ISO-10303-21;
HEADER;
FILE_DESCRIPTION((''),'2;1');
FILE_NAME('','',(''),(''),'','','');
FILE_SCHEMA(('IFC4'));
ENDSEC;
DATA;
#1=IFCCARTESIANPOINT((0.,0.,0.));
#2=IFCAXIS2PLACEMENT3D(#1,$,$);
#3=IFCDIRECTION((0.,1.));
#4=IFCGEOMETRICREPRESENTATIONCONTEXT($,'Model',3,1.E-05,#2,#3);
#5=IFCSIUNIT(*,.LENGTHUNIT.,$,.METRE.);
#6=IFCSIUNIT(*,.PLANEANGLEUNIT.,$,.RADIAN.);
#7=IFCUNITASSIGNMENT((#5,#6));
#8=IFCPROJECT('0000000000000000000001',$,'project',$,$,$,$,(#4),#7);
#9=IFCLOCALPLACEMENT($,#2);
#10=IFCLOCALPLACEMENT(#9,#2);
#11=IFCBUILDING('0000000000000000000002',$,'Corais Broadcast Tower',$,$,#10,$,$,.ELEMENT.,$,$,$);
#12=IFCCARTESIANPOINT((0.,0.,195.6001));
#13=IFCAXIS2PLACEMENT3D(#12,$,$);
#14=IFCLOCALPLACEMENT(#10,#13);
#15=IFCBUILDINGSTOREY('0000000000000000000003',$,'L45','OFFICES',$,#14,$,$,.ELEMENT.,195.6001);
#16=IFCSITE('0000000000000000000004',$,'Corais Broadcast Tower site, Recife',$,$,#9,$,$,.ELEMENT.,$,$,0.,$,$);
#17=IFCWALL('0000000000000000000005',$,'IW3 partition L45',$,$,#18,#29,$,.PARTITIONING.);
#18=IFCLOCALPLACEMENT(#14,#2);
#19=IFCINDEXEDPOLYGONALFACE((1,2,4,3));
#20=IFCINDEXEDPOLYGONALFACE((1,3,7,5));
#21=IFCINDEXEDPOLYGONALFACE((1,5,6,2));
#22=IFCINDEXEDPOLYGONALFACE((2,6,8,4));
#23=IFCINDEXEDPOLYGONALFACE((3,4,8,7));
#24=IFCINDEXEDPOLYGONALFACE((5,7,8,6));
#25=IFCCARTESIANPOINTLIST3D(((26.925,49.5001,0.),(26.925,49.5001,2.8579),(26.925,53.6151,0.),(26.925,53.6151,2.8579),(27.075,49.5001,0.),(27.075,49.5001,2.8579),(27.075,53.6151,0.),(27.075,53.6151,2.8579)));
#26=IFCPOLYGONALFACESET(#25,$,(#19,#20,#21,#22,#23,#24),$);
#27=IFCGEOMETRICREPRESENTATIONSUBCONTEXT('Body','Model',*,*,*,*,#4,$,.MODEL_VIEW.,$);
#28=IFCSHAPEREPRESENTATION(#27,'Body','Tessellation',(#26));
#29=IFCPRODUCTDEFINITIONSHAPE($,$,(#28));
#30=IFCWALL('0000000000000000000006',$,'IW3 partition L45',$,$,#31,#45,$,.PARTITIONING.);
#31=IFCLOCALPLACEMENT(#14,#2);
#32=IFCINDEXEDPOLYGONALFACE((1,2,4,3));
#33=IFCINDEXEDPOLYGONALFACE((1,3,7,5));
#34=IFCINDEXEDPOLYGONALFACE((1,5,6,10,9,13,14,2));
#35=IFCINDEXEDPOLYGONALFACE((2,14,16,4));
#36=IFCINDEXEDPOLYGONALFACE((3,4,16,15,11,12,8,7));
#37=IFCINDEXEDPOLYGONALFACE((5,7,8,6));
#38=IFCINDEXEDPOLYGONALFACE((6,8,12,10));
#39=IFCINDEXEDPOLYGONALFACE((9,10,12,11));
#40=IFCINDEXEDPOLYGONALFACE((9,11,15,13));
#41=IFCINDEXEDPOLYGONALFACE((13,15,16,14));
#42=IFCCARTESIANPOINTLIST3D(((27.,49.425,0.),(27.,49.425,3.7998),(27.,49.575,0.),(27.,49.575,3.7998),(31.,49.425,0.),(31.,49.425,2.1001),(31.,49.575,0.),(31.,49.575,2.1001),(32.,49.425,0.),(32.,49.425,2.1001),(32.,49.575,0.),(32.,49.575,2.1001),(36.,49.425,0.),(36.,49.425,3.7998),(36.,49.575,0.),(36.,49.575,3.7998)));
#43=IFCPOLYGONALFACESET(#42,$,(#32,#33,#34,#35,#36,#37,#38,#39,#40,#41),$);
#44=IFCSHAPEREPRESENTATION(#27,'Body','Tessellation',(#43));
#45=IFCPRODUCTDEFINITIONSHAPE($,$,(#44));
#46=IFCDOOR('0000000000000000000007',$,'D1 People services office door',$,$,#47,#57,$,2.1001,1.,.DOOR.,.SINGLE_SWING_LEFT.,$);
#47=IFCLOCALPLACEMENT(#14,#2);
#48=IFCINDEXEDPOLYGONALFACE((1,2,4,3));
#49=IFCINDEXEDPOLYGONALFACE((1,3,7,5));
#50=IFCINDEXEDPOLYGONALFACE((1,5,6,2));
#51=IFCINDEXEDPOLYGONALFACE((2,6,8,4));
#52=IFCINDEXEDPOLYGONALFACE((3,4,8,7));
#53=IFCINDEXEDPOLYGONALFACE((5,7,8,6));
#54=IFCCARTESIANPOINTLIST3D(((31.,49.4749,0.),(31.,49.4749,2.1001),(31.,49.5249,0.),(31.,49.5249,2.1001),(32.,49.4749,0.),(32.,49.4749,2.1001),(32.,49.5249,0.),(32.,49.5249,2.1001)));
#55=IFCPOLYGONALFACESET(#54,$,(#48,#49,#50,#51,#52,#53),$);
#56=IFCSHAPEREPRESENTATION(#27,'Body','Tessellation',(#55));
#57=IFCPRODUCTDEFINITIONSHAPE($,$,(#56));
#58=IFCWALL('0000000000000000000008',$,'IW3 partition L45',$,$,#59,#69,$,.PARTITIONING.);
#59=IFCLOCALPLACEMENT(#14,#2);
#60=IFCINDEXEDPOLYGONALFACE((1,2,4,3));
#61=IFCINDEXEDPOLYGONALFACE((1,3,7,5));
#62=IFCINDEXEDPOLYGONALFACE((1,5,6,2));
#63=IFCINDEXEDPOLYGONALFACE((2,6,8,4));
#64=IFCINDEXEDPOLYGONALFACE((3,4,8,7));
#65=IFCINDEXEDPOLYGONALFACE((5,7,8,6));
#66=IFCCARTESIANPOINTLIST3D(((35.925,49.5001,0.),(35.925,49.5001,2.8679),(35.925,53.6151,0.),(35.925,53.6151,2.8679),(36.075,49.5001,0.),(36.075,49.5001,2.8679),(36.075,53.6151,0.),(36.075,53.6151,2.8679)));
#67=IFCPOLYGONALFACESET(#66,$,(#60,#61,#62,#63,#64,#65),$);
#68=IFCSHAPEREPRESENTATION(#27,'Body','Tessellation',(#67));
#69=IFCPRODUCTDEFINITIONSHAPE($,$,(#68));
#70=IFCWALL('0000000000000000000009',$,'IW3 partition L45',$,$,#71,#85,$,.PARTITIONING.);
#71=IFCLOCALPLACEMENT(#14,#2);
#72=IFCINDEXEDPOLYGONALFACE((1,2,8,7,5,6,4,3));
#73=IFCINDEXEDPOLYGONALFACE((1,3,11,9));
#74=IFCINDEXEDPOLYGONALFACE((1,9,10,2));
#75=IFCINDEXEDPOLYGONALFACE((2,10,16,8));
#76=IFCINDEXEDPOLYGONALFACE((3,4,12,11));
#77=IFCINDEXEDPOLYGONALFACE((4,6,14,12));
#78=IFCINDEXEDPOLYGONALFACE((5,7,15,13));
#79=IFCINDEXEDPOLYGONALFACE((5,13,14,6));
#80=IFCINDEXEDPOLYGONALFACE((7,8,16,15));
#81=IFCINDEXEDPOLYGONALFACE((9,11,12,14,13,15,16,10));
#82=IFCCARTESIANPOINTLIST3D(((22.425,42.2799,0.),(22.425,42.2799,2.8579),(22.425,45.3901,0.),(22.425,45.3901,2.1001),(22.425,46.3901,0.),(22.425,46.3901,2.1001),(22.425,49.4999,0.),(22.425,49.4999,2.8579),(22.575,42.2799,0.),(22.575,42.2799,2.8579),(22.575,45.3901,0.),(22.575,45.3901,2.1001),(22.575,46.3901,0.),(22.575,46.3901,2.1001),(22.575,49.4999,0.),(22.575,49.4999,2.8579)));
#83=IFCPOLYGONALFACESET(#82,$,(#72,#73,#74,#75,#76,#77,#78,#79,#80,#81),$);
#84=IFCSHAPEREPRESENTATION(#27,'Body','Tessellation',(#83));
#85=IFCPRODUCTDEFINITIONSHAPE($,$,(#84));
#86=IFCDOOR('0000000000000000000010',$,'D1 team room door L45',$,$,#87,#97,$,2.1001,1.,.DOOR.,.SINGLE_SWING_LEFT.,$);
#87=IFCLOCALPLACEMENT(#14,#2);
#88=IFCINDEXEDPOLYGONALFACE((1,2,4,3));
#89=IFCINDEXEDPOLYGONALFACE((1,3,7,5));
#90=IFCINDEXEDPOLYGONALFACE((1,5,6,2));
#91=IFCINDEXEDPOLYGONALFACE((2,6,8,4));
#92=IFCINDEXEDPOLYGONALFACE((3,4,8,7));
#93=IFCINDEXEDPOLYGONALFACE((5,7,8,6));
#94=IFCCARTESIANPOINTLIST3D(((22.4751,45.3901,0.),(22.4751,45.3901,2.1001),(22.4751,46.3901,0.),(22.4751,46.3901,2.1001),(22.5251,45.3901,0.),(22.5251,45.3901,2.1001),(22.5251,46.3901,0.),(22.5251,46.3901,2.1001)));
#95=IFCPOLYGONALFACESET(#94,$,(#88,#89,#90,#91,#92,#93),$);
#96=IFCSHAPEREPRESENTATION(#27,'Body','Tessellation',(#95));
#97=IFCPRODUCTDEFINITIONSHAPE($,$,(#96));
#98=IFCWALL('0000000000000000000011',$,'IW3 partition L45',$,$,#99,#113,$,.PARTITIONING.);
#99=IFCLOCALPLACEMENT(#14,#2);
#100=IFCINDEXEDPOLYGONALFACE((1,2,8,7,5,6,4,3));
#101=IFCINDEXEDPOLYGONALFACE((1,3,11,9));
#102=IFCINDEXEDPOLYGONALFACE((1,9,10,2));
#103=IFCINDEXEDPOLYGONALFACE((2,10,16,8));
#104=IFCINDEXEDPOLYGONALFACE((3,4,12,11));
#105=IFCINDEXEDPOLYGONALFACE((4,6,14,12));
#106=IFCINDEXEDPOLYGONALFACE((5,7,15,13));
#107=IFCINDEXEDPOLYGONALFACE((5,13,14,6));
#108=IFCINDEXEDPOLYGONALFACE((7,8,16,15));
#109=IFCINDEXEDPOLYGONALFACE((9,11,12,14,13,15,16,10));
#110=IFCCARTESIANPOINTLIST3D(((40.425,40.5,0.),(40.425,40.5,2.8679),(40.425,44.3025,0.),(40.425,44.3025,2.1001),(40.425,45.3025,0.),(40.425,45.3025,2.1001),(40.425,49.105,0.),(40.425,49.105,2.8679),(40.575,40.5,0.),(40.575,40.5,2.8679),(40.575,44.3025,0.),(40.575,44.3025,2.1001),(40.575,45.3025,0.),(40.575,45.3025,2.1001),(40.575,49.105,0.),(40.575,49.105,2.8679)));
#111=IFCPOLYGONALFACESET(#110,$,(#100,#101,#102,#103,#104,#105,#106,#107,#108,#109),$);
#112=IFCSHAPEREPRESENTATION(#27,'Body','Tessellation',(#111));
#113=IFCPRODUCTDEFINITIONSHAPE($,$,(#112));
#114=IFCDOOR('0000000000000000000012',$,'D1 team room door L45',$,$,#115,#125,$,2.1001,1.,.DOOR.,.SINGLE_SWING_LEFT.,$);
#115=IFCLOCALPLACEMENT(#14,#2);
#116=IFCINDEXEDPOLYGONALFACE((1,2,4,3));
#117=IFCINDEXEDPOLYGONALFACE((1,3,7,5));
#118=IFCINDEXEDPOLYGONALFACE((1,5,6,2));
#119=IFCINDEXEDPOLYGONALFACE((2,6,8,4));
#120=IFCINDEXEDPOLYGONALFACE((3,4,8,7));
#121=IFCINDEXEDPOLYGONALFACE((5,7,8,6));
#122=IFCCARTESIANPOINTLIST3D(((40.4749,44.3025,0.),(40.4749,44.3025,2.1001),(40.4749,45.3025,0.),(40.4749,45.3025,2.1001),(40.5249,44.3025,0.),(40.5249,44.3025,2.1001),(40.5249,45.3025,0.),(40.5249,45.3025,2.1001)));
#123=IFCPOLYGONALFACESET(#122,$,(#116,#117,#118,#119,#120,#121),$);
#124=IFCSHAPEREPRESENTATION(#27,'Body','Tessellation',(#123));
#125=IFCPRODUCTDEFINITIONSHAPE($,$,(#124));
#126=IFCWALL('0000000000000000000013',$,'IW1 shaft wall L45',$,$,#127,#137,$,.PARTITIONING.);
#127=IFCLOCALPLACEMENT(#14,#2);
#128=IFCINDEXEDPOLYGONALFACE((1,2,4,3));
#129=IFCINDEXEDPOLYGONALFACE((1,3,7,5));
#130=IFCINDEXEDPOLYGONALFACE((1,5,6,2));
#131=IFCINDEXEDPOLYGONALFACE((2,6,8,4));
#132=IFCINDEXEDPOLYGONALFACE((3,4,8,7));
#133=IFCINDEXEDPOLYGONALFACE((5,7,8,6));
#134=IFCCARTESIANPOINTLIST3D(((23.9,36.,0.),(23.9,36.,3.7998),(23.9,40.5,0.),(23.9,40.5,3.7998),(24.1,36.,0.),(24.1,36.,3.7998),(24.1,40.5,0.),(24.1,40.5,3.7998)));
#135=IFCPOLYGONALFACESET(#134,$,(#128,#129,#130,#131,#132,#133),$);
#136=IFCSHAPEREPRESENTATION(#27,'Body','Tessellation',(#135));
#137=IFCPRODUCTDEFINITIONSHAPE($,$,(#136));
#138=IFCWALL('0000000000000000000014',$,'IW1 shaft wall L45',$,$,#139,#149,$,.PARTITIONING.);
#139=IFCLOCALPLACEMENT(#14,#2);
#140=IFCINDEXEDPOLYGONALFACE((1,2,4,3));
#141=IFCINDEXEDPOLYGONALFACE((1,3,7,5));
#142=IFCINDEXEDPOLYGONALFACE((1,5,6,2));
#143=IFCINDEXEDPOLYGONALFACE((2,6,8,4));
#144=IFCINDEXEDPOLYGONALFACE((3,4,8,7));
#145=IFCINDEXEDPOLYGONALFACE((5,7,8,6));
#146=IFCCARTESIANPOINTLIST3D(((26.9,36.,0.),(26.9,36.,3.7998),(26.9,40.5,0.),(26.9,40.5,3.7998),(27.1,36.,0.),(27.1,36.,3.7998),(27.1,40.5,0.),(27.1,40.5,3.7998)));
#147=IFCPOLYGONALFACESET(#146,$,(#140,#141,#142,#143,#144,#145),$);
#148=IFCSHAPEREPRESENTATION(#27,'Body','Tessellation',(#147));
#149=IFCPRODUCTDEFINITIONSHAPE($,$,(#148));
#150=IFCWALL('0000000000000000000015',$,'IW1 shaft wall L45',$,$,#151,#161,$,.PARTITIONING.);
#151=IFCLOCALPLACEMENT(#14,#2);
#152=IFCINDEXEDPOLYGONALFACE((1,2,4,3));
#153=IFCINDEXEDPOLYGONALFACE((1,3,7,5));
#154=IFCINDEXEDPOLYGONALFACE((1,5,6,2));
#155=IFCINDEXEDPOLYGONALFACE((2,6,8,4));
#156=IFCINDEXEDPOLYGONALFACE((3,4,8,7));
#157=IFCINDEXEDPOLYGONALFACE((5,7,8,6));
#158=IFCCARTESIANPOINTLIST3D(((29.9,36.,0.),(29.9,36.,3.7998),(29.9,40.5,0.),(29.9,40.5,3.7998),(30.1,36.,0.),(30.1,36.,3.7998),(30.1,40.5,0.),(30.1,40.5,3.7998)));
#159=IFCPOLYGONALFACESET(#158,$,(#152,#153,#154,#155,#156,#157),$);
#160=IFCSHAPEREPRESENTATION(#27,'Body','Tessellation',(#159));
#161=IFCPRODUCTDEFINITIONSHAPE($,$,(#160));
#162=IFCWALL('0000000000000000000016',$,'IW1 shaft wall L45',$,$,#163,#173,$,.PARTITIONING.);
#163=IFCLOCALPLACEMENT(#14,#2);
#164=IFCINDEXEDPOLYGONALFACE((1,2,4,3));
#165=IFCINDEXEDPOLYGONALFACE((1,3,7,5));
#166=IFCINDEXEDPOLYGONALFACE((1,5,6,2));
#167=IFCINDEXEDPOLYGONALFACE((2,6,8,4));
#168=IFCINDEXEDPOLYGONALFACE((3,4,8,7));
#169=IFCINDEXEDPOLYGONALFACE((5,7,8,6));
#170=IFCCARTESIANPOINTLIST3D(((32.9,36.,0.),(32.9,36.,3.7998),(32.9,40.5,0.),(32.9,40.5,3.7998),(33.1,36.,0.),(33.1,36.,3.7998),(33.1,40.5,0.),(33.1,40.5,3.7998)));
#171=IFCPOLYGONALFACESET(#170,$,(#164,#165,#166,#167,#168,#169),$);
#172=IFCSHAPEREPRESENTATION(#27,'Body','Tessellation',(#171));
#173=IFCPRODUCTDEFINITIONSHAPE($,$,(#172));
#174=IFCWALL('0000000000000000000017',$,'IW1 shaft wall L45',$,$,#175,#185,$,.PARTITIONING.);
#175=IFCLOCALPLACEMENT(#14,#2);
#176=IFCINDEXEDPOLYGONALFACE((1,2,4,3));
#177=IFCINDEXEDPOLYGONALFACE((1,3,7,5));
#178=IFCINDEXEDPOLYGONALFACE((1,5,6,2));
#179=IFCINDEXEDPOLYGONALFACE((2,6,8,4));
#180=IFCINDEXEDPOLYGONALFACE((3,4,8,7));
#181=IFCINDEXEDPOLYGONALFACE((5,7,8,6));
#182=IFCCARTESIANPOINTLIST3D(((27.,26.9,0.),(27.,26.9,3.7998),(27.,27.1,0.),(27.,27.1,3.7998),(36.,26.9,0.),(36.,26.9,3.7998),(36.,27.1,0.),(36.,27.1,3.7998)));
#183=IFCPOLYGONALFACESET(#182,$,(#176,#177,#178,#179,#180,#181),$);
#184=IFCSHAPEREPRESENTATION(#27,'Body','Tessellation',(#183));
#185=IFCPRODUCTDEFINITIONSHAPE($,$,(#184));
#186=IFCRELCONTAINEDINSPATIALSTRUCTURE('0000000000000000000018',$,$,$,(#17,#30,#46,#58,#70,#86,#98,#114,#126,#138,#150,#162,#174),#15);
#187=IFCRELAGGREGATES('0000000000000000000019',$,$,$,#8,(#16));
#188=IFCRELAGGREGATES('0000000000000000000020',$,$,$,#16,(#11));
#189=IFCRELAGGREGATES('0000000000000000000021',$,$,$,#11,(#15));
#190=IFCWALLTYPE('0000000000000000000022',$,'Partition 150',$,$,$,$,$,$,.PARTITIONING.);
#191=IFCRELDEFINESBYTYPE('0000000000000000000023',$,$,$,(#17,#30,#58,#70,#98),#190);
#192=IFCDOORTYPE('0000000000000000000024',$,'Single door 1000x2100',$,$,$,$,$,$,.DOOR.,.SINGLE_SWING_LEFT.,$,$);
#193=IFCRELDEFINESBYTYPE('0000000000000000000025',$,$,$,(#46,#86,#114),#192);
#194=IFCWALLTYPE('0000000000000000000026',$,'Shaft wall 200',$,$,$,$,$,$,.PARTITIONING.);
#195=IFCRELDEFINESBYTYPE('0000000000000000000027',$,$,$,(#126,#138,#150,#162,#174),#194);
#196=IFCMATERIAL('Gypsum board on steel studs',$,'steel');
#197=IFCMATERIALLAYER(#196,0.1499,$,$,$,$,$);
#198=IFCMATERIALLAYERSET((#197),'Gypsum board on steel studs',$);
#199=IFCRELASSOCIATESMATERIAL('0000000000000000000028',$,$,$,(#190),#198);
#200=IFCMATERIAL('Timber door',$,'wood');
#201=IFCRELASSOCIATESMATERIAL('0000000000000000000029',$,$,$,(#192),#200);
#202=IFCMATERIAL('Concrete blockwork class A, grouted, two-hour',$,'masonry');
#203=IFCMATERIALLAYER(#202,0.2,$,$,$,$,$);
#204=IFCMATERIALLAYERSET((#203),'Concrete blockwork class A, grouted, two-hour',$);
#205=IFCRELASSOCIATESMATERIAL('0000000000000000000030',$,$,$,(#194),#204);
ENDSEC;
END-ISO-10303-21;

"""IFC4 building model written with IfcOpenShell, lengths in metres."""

from ifc_helpers import new_model, si_unit, direction, frame, frame_2d, origin, place, context, subcontext, project, spatial, rectangle, extrude, material, layer, layer_set, type_object, element, fill, save


model = new_model("IFC4")

# Units and contexts
model_context = context("Model", 3, precision=1e-05, world=origin(), true_north=direction((0.0, 1.0)))
body_context = subcontext(model_context, "Body", "Model", "MODEL_VIEW")
ifc_project = project(units=[si_unit("LENGTHUNIT", "METRE"), si_unit("PLANEANGLEUNIT", "RADIAN")], contexts=[model_context])

# Site, building, storey
site_placement = place(None, origin())
site = spatial("IfcSite", under=ifc_project, at=site_placement, Name="Corais Broadcast Tower site, Recife", CompositionType="ELEMENT", RefElevation=0.0)
building_placement = place(site_placement, origin())
building = spatial("IfcBuilding", under=site, at=building_placement, Name="Corais Broadcast Tower", CompositionType="ELEMENT")
storey_placement = place(building_placement, frame((0.0, 0.0, 195.6001)))
storey = spatial("IfcBuildingStorey", under=building, at=storey_placement, Name="L45", Description="OFFICES", CompositionType="ELEMENT", Elevation=195.6001)

# Shared definitions
ifc_material_1 = material(Name="Gypsum board on steel studs", Category="steel")
ifc_layer_1 = layer(ifc_material_1, 0.1499)
ifc_layer_set_1 = layer_set([ifc_layer_1], Name="Gypsum board on steel studs")
wall_type_1 = type_object("IfcWallType", Name="Partition 150", PredefinedType="PARTITIONING", material=ifc_layer_set_1)

# Shared definitions
ifc_material_2 = material(Name="Timber door", Category="wood")
door_type = type_object("IfcDoorType", Name="Single door 1000x2100", OperationType="SINGLE_SWING_LEFT", PredefinedType="DOOR", material=ifc_material_2)

# Wall
wall_1_placement = place(storey_placement, frame((27.0, 49.5, 0.0), z_axis=(0.0, 0.0, 1.0), x_axis=(0.0, 1.0, 0.0)))
element("IfcWall", 1, at=wall_1_placement, inside=storey, type_object=wall_type_1, Name="IW3 partition L45", PredefinedType="PARTITIONING", context=body_context, shape_type="SweptSolid", body=[
    extrude(rectangle(XDim=4.115, YDim=0.1499, at=frame_2d((2.0576, 0.0))), origin(), (0.0, 0.0, 1.0), 2.8579),
])

# Wall, opening, door
wall_2_placement = place(storey_placement, frame((27.0, 49.5, 0.0), z_axis=(0.0, 0.0, 1.0), x_axis=(1.0, 0.0, 0.0)))
wall_2 = element("IfcWall", 2, at=wall_2_placement, inside=storey, type_object=wall_type_1, Name="IW3 partition L45", PredefinedType="PARTITIONING", context=body_context, shape_type="SweptSolid", body=[
    extrude(rectangle(XDim=9.0, YDim=0.1499, at=frame_2d((4.5, 0.0))), origin(), (0.0, 0.0, 1.0), 3.7998),
])
opening_1_placement = place(wall_2_placement, frame((4.0, 0.0, 0.0)))
opening_1 = element("IfcOpeningElement", 3, at=opening_1_placement, cuts=wall_2, PredefinedType="OPENING", context=body_context, shape_type="SweptSolid", body=[
    extrude(rectangle(XDim=1.0, YDim=2.1001, at=frame_2d((0.5, 1.05))), frame((0.0, 0.085, 0.0), z_axis=(0.0, -1.0, 0.0), x_axis=(1.0, 0.0, 0.0)), (0.0, 0.0, 1.0), 0.1699),
])
door_1_placement = place(opening_1_placement, origin())
door_1 = element("IfcDoor", 4, at=door_1_placement, inside=storey, type_object=door_type, Name="D1 People services office door", OperationType="SINGLE_SWING_LEFT", OverallHeight=2.1001, OverallWidth=1.0, PredefinedType="DOOR", context=body_context, shape_type="SweptSolid", body=[
    extrude(rectangle(XDim=1.0, YDim=2.1001, at=frame_2d((0.5, 1.05))), frame((0.0, 0.0249, 0.0), z_axis=(0.0, -1.0, 0.0), x_axis=(1.0, 0.0, 0.0)), (0.0, 0.0, 1.0), 0.05),
])
fill(opening_1, door_1)

# Wall
wall_3_placement = place(storey_placement, frame((36.0, 49.5, 0.0), z_axis=(0.0, 0.0, 1.0), x_axis=(0.0, 1.0, 0.0)))
element("IfcWall", 5, at=wall_3_placement, inside=storey, type_object=wall_type_1, Name="IW3 partition L45", PredefinedType="PARTITIONING", context=body_context, shape_type="SweptSolid", body=[
    extrude(rectangle(XDim=4.115, YDim=0.1499, at=frame_2d((2.0576, 0.0))), origin(), (0.0, 0.0, 1.0), 2.8679),
])

# Walls, openings, doors
wall_4_placement = place(storey_placement, frame((22.5, 42.28, 0.0), z_axis=(0.0, 0.0, 1.0), x_axis=(0.0, 1.0, 0.0)))
wall_4 = element("IfcWall", 6, at=wall_4_placement, inside=storey, type_object=wall_type_1, Name="IW3 partition L45", PredefinedType="PARTITIONING", context=body_context, shape_type="SweptSolid", body=[
    extrude(rectangle(XDim=7.22, YDim=0.1499, at=frame_2d((3.6099, 0.0))), origin(), (0.0, 0.0, 1.0), 2.8579),
])
opening_2_placement = place(wall_4_placement, frame((3.1101, 0.0, 0.0)))
opening_2 = element("IfcOpeningElement", 7, at=opening_2_placement, cuts=wall_4, PredefinedType="OPENING", context=body_context, shape_type="SweptSolid", body=[
    extrude(rectangle(XDim=1.0, YDim=2.1001, at=frame_2d((0.5, 1.05))), frame((0.0, 0.085, 0.0), z_axis=(0.0, -1.0, 0.0), x_axis=(1.0, 0.0, 0.0)), (0.0, 0.0, 1.0), 0.1699),
])
door_2_placement = place(opening_2_placement, origin())
door_2 = element("IfcDoor", 8, at=door_2_placement, inside=storey, type_object=door_type, Name="D1 team room door L45", OperationType="SINGLE_SWING_LEFT", OverallHeight=2.1001, OverallWidth=1.0, PredefinedType="DOOR", context=body_context, shape_type="SweptSolid", body=[
    extrude(rectangle(XDim=1.0, YDim=2.1001, at=frame_2d((0.5, 1.05))), frame((0.0, 0.0249, 0.0), z_axis=(0.0, -1.0, 0.0), x_axis=(1.0, 0.0, 0.0)), (0.0, 0.0, 1.0), 0.05),
])
fill(opening_2, door_2)
wall_5_placement = place(storey_placement, frame((40.5, 49.105, 0.0), z_axis=(0.0, 0.0, 1.0), x_axis=(0.0, -1.0, 0.0)))
wall_5 = element("IfcWall", 9, at=wall_5_placement, inside=storey, type_object=wall_type_1, Name="IW3 partition L45", PredefinedType="PARTITIONING", context=body_context, shape_type="SweptSolid", body=[
    extrude(rectangle(XDim=8.605, YDim=0.1499, at=frame_2d((4.3025, 0.0))), origin(), (0.0, 0.0, 1.0), 2.8679),
])
opening_3_placement = place(wall_5_placement, frame((3.8025, 0.0, 0.0)))
opening_3 = element("IfcOpeningElement", 10, at=opening_3_placement, cuts=wall_5, PredefinedType="OPENING", context=body_context, shape_type="SweptSolid", body=[
    extrude(rectangle(XDim=1.0, YDim=2.1001, at=frame_2d((0.5, 1.05))), frame((0.0, 0.085, 0.0), z_axis=(0.0, -1.0, 0.0), x_axis=(1.0, 0.0, 0.0)), (0.0, 0.0, 1.0), 0.1699),
])
door_3_placement = place(opening_3_placement, origin())
door_3 = element("IfcDoor", 11, at=door_3_placement, inside=storey, type_object=door_type, Name="D1 team room door L45", OperationType="SINGLE_SWING_LEFT", OverallHeight=2.1001, OverallWidth=1.0, PredefinedType="DOOR", context=body_context, shape_type="SweptSolid", body=[
    extrude(rectangle(XDim=1.0, YDim=2.1001, at=frame_2d((0.5, 1.05))), frame((0.0, 0.0249, 0.0), z_axis=(0.0, -1.0, 0.0), x_axis=(1.0, 0.0, 0.0)), (0.0, 0.0, 1.0), 0.05),
])
fill(opening_3, door_3)

# Walls
ifc_material_3 = material(Name="Concrete blockwork class A, grouted, two-hour", Category="masonry")
ifc_layer_2 = layer(ifc_material_3, 0.2)
ifc_layer_set_2 = layer_set([ifc_layer_2], Name="Concrete blockwork class A, grouted, two-hour")
wall_type_2 = type_object("IfcWallType", Name="Shaft wall 200", PredefinedType="PARTITIONING", material=ifc_layer_set_2)
for number, where, z_axis, x_axis, name in (
    (12, (24.0, 36.0, 0.0), (0.0, 0.0, 1.0), (0.0, 1.0, 0.0), "IW1 shaft wall L45"),
    (13, (27.0, 36.0, 0.0), (0.0, 0.0, 1.0), (0.0, 1.0, 0.0), "IW1 shaft wall L45"),
    (14, (30.0, 36.0, 0.0), (0.0, 0.0, 1.0), (0.0, 1.0, 0.0), "IW1 shaft wall L45"),
    (15, (33.0, 36.0, 0.0), (0.0, 0.0, 1.0), (0.0, 1.0, 0.0), "IW1 shaft wall L45"),
):
    element("IfcWall", number, at=place(storey_placement, frame(where, z_axis=z_axis, x_axis=x_axis)), inside=storey, type_object=wall_type_2, Name=name, PredefinedType="PARTITIONING", context=body_context, shape_type="SweptSolid", body=[
        extrude(rectangle(XDim=4.5, YDim=0.2, at=frame_2d((2.25, 0.0))), origin(), (0.0, 0.0, 1.0), 3.7998),
    ])
wall_6_placement = place(storey_placement, frame((27.0, 27.0, 0.0), z_axis=(0.0, 0.0, 1.0), x_axis=(1.0, 0.0, 0.0)))
element("IfcWall", 16, at=wall_6_placement, inside=storey, type_object=wall_type_2, Name="IW1 shaft wall L45", PredefinedType="PARTITIONING", context=body_context, shape_type="SweptSolid", body=[
    extrude(rectangle(XDim=9.0, YDim=0.2, at=frame_2d((4.5, 0.0))), origin(), (0.0, 0.0, 1.0), 3.7998),
])

save(model, "model.ifc")
